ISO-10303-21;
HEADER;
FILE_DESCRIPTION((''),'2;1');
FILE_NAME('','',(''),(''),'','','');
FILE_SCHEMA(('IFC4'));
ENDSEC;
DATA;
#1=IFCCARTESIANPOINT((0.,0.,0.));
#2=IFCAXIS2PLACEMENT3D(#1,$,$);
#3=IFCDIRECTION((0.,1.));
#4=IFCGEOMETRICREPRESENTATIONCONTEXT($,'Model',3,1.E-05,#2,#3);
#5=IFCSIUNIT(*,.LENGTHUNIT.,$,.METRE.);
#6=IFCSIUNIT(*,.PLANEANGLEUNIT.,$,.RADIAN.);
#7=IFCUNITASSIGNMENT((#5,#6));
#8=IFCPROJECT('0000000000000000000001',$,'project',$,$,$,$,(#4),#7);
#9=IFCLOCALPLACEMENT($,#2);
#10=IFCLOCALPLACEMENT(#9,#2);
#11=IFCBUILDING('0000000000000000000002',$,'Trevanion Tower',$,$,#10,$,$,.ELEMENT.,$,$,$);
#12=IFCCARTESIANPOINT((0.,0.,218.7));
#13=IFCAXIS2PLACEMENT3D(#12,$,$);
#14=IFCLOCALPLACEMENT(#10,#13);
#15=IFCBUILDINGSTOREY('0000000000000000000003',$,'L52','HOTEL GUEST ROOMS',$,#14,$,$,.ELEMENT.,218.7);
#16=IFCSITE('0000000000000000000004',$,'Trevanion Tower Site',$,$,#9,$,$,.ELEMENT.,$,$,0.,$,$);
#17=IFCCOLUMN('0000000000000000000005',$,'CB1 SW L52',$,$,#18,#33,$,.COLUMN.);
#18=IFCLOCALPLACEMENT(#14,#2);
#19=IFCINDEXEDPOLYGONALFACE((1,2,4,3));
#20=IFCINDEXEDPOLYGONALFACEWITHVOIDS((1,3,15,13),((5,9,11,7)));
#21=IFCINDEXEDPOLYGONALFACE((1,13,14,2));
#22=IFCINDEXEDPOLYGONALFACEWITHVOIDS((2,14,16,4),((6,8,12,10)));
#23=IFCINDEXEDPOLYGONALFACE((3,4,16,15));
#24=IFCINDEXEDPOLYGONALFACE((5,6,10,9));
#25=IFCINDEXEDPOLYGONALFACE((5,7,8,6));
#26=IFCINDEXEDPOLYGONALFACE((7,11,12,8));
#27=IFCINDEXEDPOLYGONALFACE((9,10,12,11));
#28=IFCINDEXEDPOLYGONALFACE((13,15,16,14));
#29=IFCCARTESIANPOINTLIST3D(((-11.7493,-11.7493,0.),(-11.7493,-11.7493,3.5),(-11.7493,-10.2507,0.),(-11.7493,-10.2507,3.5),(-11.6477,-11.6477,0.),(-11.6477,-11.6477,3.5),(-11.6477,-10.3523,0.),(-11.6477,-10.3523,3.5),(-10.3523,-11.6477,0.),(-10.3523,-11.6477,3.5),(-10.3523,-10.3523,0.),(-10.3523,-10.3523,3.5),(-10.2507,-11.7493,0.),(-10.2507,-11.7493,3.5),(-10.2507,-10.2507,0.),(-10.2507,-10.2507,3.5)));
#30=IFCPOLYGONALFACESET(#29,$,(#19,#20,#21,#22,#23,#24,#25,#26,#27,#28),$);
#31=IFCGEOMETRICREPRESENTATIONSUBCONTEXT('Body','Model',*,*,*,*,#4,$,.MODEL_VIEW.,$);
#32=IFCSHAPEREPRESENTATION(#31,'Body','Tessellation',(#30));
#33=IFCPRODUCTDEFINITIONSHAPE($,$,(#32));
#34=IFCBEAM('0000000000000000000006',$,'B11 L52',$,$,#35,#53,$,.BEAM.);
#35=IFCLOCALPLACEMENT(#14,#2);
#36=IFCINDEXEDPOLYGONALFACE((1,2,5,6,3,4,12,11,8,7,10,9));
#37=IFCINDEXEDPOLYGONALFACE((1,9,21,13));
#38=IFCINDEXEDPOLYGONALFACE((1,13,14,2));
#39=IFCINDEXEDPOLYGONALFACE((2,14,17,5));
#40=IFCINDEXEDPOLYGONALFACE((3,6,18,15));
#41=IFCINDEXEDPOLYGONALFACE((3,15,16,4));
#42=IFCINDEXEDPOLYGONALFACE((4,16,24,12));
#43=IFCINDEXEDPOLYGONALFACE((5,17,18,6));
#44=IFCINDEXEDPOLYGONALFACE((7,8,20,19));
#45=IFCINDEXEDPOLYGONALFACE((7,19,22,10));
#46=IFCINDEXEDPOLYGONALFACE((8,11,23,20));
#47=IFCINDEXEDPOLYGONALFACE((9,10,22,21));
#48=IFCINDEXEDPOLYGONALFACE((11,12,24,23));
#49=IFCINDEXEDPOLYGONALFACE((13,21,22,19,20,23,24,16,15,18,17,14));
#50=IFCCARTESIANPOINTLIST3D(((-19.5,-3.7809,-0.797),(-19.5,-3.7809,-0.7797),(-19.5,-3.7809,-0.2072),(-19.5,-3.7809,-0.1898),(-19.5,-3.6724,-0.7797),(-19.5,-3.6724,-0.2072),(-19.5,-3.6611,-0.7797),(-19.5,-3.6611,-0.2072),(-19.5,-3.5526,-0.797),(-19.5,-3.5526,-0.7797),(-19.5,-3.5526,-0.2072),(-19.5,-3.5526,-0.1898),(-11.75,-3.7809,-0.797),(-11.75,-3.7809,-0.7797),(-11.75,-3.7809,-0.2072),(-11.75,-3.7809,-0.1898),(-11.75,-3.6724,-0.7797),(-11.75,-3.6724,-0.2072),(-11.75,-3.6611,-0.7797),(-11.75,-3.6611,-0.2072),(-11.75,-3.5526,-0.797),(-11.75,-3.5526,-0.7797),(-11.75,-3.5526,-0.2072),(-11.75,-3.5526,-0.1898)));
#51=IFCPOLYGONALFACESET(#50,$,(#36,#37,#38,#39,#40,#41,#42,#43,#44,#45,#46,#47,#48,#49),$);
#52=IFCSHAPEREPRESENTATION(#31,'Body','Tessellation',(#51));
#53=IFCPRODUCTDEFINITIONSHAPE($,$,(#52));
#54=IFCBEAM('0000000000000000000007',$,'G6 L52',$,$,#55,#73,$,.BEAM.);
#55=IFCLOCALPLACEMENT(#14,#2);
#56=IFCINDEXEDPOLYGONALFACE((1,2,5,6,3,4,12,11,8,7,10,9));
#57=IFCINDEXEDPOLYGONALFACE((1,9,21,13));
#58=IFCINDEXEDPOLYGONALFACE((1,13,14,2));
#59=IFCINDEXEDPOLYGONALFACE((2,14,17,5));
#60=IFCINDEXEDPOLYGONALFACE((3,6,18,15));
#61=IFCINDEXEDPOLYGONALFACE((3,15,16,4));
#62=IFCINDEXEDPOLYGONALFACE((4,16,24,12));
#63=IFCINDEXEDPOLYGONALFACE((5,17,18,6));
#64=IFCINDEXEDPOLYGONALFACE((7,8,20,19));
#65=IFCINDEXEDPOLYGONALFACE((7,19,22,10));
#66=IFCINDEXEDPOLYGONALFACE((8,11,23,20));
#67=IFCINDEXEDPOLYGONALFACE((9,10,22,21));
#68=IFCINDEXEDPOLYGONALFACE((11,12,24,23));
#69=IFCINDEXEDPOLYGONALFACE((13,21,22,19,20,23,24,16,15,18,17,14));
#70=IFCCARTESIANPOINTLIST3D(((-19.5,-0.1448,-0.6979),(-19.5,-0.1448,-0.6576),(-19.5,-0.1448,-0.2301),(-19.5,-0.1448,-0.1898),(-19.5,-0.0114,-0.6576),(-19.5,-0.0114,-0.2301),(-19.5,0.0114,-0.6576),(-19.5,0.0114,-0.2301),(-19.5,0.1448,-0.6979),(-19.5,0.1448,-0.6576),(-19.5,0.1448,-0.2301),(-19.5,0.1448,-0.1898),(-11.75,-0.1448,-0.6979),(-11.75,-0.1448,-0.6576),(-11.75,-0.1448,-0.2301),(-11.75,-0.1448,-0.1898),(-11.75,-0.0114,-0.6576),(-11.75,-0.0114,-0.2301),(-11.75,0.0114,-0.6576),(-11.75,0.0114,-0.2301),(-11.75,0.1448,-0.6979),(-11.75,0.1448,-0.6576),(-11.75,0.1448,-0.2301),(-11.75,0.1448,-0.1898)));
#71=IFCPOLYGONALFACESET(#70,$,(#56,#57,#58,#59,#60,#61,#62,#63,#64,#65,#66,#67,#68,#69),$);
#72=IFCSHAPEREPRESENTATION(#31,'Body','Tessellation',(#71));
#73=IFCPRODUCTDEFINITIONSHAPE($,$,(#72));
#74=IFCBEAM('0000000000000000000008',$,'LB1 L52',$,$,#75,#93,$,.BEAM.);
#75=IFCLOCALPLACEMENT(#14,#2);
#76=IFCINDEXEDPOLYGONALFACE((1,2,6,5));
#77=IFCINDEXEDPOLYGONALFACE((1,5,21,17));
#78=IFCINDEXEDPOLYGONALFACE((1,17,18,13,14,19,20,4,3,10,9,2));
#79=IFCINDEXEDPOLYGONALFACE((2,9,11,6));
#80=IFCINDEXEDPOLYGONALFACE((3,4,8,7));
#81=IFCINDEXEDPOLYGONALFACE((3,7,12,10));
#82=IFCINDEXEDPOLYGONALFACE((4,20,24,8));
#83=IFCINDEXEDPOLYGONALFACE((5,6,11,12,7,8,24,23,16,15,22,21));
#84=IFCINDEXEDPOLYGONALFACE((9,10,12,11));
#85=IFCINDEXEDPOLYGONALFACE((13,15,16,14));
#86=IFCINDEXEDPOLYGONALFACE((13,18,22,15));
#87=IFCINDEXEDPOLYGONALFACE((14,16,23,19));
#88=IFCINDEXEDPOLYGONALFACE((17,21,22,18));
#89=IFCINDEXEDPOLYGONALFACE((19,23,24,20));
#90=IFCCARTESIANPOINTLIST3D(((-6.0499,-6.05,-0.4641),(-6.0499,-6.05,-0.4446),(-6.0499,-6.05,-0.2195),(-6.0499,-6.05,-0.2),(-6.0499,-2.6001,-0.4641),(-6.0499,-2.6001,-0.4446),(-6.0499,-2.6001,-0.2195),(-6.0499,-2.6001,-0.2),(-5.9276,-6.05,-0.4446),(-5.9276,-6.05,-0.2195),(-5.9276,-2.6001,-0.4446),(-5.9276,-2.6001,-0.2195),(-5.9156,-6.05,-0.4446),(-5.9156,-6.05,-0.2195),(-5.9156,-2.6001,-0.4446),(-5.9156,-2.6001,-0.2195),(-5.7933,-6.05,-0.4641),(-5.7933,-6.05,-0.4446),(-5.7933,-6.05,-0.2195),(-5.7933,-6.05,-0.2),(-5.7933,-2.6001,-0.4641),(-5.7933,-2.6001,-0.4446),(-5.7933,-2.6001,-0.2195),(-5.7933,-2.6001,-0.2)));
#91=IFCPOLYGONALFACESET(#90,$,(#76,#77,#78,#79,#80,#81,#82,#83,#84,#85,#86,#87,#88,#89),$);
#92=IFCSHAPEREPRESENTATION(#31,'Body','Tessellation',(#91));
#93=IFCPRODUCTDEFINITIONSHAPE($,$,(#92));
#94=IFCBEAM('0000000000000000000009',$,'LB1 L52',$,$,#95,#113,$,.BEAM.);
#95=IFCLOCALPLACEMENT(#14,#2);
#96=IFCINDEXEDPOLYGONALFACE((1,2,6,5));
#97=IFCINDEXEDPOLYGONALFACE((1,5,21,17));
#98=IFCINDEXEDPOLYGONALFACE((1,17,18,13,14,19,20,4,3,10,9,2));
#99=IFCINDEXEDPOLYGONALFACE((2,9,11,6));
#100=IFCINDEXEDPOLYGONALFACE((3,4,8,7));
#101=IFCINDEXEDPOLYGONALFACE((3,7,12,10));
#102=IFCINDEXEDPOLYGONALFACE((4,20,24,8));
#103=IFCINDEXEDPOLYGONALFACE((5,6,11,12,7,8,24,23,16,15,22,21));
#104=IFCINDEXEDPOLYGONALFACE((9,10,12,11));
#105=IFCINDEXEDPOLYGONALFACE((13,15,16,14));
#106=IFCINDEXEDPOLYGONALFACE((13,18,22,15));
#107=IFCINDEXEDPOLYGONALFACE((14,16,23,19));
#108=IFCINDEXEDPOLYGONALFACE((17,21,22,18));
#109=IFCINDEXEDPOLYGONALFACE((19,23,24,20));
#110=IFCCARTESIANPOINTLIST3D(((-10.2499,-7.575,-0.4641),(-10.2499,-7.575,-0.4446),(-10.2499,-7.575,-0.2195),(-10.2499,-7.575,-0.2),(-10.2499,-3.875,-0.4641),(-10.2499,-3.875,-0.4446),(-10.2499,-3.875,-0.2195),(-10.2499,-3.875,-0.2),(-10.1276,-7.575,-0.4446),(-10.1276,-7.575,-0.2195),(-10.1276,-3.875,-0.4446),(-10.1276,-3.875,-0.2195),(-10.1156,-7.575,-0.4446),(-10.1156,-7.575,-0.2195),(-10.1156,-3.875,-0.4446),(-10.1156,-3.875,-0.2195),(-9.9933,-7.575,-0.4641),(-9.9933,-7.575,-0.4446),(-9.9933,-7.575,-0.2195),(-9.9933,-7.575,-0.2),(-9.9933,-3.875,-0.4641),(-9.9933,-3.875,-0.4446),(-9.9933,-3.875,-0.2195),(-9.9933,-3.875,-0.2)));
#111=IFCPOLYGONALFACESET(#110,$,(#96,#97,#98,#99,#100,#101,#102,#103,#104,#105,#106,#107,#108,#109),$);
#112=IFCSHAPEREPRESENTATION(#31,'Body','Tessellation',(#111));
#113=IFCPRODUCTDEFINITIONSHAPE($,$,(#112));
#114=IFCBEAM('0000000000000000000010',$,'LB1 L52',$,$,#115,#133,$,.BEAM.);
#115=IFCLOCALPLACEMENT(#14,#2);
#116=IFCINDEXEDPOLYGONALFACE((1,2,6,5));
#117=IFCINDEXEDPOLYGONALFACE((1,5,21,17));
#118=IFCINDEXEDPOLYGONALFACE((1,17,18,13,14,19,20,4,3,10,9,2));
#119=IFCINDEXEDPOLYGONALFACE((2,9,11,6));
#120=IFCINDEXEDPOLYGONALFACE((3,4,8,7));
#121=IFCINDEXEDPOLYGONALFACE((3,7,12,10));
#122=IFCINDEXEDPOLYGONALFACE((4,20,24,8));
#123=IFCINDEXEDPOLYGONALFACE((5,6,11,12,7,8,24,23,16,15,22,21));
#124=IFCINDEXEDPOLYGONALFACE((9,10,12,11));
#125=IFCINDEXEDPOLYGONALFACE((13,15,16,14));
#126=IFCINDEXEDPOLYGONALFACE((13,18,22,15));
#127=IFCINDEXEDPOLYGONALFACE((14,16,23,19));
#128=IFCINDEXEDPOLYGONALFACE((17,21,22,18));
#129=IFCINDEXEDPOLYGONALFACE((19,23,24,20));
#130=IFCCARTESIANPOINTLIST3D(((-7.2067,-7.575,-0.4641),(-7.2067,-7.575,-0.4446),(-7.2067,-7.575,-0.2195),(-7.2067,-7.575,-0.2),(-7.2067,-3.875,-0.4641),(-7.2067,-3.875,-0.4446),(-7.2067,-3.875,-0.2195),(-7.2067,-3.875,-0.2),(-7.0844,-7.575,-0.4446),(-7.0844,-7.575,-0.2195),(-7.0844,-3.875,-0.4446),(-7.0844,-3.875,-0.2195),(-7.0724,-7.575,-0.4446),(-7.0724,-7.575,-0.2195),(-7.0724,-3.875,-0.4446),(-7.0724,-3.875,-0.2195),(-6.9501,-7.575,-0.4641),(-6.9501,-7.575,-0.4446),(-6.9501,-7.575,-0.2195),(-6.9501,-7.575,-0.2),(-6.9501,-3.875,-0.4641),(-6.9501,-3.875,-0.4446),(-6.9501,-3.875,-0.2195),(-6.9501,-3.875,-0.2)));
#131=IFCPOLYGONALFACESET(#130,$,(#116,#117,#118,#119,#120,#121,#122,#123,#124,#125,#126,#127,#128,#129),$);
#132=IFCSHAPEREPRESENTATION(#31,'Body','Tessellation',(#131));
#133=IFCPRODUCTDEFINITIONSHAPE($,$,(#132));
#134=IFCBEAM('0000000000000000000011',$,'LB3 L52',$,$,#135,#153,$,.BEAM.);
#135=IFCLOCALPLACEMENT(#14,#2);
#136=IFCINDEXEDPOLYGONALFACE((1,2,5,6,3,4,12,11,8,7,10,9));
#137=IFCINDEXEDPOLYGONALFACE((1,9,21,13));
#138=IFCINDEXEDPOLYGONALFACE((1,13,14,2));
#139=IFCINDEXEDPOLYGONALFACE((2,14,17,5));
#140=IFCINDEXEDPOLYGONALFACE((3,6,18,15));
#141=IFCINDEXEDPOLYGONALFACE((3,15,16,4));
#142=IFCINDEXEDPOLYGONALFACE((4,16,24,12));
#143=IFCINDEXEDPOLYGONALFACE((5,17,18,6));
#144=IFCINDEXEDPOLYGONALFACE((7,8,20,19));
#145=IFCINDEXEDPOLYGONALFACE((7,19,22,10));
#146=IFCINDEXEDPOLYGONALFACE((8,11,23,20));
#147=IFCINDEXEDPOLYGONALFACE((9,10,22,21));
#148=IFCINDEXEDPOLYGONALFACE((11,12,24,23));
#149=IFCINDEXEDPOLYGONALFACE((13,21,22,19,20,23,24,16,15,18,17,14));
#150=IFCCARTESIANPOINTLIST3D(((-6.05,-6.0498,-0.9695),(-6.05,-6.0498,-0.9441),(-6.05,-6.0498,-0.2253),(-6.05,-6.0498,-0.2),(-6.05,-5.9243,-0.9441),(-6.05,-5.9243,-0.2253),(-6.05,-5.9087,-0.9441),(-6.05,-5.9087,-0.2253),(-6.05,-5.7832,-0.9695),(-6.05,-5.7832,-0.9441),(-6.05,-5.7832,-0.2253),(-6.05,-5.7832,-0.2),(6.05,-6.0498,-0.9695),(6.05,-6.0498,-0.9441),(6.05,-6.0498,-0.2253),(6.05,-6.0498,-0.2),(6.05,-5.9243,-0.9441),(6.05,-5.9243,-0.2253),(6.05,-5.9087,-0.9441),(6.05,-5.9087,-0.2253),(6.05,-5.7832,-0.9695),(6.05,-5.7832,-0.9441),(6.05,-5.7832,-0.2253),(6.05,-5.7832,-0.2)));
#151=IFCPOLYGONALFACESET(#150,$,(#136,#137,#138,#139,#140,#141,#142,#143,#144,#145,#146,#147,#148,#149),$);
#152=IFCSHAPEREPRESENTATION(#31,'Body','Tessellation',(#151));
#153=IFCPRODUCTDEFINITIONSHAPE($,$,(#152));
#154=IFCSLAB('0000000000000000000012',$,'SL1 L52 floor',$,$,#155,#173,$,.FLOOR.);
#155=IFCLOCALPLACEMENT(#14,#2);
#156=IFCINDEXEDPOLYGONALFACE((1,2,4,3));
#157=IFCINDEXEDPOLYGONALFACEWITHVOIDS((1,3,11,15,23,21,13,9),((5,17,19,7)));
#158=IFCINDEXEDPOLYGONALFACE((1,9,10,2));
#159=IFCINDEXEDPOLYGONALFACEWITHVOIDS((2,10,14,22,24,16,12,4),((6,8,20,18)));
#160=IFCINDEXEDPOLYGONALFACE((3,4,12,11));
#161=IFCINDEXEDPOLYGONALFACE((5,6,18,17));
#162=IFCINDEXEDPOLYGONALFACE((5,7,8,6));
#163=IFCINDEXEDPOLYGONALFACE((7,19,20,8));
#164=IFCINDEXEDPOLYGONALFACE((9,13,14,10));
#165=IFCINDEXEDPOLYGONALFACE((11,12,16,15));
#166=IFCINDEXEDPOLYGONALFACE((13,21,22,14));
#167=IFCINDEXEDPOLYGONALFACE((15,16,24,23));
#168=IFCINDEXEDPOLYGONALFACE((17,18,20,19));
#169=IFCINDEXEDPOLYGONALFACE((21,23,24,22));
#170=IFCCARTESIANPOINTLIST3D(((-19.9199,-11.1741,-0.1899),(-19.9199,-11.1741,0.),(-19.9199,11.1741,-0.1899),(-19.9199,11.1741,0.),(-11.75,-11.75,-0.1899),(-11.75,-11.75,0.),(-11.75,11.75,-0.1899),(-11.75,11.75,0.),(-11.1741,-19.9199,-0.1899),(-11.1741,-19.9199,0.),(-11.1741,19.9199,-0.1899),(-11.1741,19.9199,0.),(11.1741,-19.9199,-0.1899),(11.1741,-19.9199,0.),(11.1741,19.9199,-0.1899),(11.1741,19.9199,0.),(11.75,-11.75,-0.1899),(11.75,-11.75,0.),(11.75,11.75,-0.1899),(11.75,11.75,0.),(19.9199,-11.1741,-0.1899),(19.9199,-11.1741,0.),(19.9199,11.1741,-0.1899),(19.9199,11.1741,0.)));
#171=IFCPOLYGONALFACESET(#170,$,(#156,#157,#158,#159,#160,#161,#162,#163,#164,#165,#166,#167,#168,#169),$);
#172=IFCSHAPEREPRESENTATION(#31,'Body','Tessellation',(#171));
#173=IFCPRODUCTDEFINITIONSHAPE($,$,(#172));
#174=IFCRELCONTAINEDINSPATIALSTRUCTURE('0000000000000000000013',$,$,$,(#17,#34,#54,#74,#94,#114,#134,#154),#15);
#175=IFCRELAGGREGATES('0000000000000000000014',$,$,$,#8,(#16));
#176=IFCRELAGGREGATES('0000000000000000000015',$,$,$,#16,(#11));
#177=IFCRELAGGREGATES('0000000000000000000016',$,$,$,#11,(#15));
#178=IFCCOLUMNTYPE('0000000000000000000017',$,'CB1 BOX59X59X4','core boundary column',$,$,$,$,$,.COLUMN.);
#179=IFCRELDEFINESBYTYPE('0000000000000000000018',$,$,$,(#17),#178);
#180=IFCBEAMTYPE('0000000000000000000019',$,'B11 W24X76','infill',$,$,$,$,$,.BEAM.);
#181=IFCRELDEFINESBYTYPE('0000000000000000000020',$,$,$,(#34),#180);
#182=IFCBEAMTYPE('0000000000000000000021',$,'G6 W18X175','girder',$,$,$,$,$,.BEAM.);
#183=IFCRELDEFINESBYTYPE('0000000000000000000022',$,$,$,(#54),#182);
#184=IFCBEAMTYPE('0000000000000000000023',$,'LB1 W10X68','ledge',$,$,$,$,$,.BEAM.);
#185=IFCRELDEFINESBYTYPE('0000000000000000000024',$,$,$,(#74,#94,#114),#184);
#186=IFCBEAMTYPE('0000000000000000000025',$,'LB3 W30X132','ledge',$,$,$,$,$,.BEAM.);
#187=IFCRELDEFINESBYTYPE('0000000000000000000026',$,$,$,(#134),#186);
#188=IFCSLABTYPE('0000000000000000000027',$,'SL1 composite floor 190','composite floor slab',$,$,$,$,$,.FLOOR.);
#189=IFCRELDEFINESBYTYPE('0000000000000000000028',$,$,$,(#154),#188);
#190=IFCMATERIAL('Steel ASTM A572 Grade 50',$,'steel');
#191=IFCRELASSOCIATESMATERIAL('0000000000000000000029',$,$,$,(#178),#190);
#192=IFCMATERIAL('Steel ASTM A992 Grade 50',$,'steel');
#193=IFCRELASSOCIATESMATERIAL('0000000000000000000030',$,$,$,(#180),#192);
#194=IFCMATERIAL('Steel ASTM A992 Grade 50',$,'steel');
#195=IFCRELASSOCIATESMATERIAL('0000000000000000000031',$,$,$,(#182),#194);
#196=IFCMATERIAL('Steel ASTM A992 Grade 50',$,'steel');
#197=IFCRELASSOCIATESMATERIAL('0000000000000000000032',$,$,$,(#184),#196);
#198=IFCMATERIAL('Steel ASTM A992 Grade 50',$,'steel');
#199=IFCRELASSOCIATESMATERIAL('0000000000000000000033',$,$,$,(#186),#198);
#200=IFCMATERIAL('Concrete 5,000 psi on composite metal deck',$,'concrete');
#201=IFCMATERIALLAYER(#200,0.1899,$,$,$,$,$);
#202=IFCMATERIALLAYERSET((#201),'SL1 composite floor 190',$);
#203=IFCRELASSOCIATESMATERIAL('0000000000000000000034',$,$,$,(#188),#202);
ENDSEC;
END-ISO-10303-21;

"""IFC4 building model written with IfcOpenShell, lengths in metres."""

from ifc_helpers import new_model, si_unit, direction, frame, origin, origin_2d, place, context, subcontext, project, spatial, polyline, hollow_rectangle, i_section, outline, extrude, material, layer, layer_set, material_profile, profile_set, type_object, element, save


model = new_model("IFC4")

# Units and contexts
model_context = context("Model", 3, precision=1e-05, world=origin(), true_north=direction((0.0, 1.0)))
body_context = subcontext(model_context, "Body", "Model", "MODEL_VIEW")
ifc_project = project(units=[si_unit("LENGTHUNIT", "METRE"), si_unit("PLANEANGLEUNIT", "RADIAN")], contexts=[model_context])

# Site, building, storey
site_placement = place(None, origin())
site = spatial("IfcSite", under=ifc_project, at=site_placement, Name="Trevanion Tower Site", CompositionType="ELEMENT", RefElevation=0.0)
building_placement = place(site_placement, origin())
building = spatial("IfcBuilding", under=site, at=building_placement, Name="Trevanion Tower", CompositionType="ELEMENT")
storey_placement = place(building_placement, frame((0.0, 0.0, 218.7)))
storey = spatial("IfcBuildingStorey", under=building, at=storey_placement, Name="L52", Description="HOTEL GUEST ROOMS", CompositionType="ELEMENT", Elevation=218.7)

# Column
ifc_material_1 = material(Name="Steel ASTM A572 Grade 50", Category="steel")
ifc_material_profile_1 = material_profile(ifc_material_1, hollow_rectangle(XDim=1.4985, YDim=1.4985, WallThickness=0.1016, at=origin_2d()), Name="BOX59X59X4")
ifc_profile_set_1 = profile_set([ifc_material_profile_1], Name="Steel ASTM A572 Grade 50")
column_type = type_object("IfcColumnType", Name="CB1 BOX59X59X4", Description="core boundary column", PredefinedType="COLUMN", material=ifc_profile_set_1)
column_placement = place(storey_placement, frame((-11.0, -11.0, 0.0), z_axis=(0.0, 0.0, 1.0), x_axis=(1.0, 0.0, 0.0)))
element("IfcColumn", 1, at=column_placement, inside=storey, type_object=column_type, Name="CB1 SW L52", PredefinedType="COLUMN", context=body_context, shape_type="SweptSolid", body=[
    extrude(hollow_rectangle(XDim=1.4985, YDim=1.4985, WallThickness=0.1016, at=origin_2d()), origin(), (0.0, 0.0, 1.0), 3.5),
])

# Beams
ifc_material_2 = material(Name="Steel ASTM A992 Grade 50", Category="steel")
ifc_material_profile_2 = material_profile(ifc_material_2, i_section(OverallWidth=0.2283, OverallDepth=0.6072, WebThickness=0.0112, FlangeThickness=0.0173, at=origin_2d()), Name="W24X76")
ifc_profile_set_2 = profile_set([ifc_material_profile_2], Name="Steel ASTM A992 Grade 50")
beam_type_1 = type_object("IfcBeamType", Name="B11 W24X76", Description="infill", PredefinedType="BEAM", material=ifc_profile_set_2)
beam_1_placement = place(storey_placement, frame((-11.75, -3.6667, -0.4934), z_axis=(-1.0, 0.0, 0.0), x_axis=(0.0, -1.0, 0.0)))
element("IfcBeam", 2, at=beam_1_placement, inside=storey, type_object=beam_type_1, Name="B11 L52", PredefinedType="BEAM", context=body_context, shape_type="SweptSolid", body=[
    extrude(i_section(OverallWidth=0.2283, OverallDepth=0.6072, WebThickness=0.0112, FlangeThickness=0.0173, at=origin_2d()), origin(), (0.0, 0.0, 1.0), 7.75),
])
ifc_material_3 = material(Name="Steel ASTM A992 Grade 50", Category="steel")
ifc_material_profile_3 = material_profile(ifc_material_3, i_section(OverallWidth=0.2896, OverallDepth=0.5081, WebThickness=0.0227, FlangeThickness=0.0403, at=origin_2d()), Name="W18X175")
ifc_profile_set_3 = profile_set([ifc_material_profile_3], Name="Steel ASTM A992 Grade 50")
beam_type_2 = type_object("IfcBeamType", Name="G6 W18X175", Description="girder", PredefinedType="BEAM", material=ifc_profile_set_3)
beam_2_placement = place(storey_placement, frame((-11.75, 0.0, -0.4438), z_axis=(-1.0, 0.0, 0.0), x_axis=(0.0, -1.0, 0.0)))
element("IfcBeam", 3, at=beam_2_placement, inside=storey, type_object=beam_type_2, Name="G6 L52", PredefinedType="BEAM", context=body_context, shape_type="SweptSolid", body=[
    extrude(i_section(OverallWidth=0.2896, OverallDepth=0.5081, WebThickness=0.0227, FlangeThickness=0.0403, at=origin_2d()), origin(), (0.0, 0.0, 1.0), 7.75),
])
ifc_material_4 = material(Name="Steel ASTM A992 Grade 50", Category="steel")
ifc_material_profile_4 = material_profile(ifc_material_4, i_section(OverallWidth=0.2566, OverallDepth=0.2642, WebThickness=0.012, FlangeThickness=0.0195, at=origin_2d()), Name="W10X68")
ifc_profile_set_4 = profile_set([ifc_material_profile_4], Name="Steel ASTM A992 Grade 50")
beam_type_3 = type_object("IfcBeamType", Name="LB1 W10X68", Description="ledge", PredefinedType="BEAM", material=ifc_profile_set_4)
beam_3_placement = place(storey_placement, frame((-5.9216, -6.05, -0.332), z_axis=(0.0, 1.0, 0.0), x_axis=(-1.0, 0.0, 0.0)))
element("IfcBeam", 4, at=beam_3_placement, inside=storey, type_object=beam_type_3, Name="LB1 L52", PredefinedType="BEAM", context=body_context, shape_type="SweptSolid", body=[
    extrude(i_section(OverallWidth=0.2566, OverallDepth=0.2642, WebThickness=0.012, FlangeThickness=0.0195, at=origin_2d()), origin(), (0.0, 0.0, 1.0), 3.45),
])
for number, where, z_axis, x_axis, name in (
    (5, (-10.1216, -7.575, -0.332), (0.0, 1.0, 0.0), (-1.0, 0.0, 0.0), "LB1 L52"),
    (6, (-7.0784, -7.575, -0.332), (0.0, 1.0, 0.0), (-1.0, 0.0, 0.0), "LB1 L52"),
):
    element("IfcBeam", number, at=place(storey_placement, frame(where, z_axis=z_axis, x_axis=x_axis)), inside=storey, type_object=beam_type_3, Name=name, PredefinedType="BEAM", context=body_context, shape_type="SweptSolid", body=[
        extrude(i_section(OverallWidth=0.2566, OverallDepth=0.2642, WebThickness=0.012, FlangeThickness=0.0195, at=origin_2d()), origin(), (0.0, 0.0, 1.0), 3.7),
    ])
ifc_material_5 = material(Name="Steel ASTM A992 Grade 50", Category="steel")
ifc_material_profile_5 = material_profile(ifc_material_5, i_section(OverallWidth=0.2666, OverallDepth=0.7695, WebThickness=0.0156, FlangeThickness=0.0254, at=origin_2d()), Name="W30X132")
ifc_profile_set_5 = profile_set([ifc_material_profile_5], Name="Steel ASTM A992 Grade 50")
beam_type_4 = type_object("IfcBeamType", Name="LB3 W30X132", Description="ledge", PredefinedType="BEAM", material=ifc_profile_set_5)
beam_4_placement = place(storey_placement, frame((-6.05, -5.9165, -0.5847), z_axis=(1.0, 0.0, 0.0), x_axis=(0.0, 1.0, 0.0)))
element("IfcBeam", 7, at=beam_4_placement, inside=storey, type_object=beam_type_4, Name="LB3 L52", PredefinedType="BEAM", context=body_context, shape_type="SweptSolid", body=[
    extrude(i_section(OverallWidth=0.2666, OverallDepth=0.7695, WebThickness=0.0156, FlangeThickness=0.0254, at=origin_2d()), origin(), (0.0, 0.0, 1.0), 12.1001),
])

# Slab
ifc_material_6 = material(Name="Concrete 5,000 psi on composite metal deck", Category="concrete")
ifc_layer_1 = layer(ifc_material_6, 0.1899)
ifc_layer_set_1 = layer_set([ifc_layer_1], Name="SL1 composite floor 190")
slab_type_1 = type_object("IfcSlabType", Name="SL1 composite floor 190", Description="composite floor slab", PredefinedType="FLOOR", material=ifc_layer_set_1)
slab_1_placement = place(storey_placement, frame((0.0, 0.0, -0.1899)))
element("IfcSlab", 8, at=slab_1_placement, inside=storey, type_object=slab_type_1, Name="SL1 L52 floor", PredefinedType="FLOOR", context=body_context, shape_type="SweptSolid", body=[
    extrude(outline(polyline([(19.9199, -11.1741), (19.9199, 11.1741), (11.1741, 19.9199), (-11.1741, 19.9199), (-19.9199, 11.1741), (-19.9199, -11.1741), (-11.1741, -19.9199), (11.1741, -19.9199), (19.9199, -11.1741)]), holes=[polyline([(11.75, -11.75), (11.75, 11.75), (-11.75, 11.75), (-11.75, -11.75), (11.75, -11.75)])]), origin(), (0.0, 0.0, 1.0), 0.1899),
])

save(model, "model.ifc")
